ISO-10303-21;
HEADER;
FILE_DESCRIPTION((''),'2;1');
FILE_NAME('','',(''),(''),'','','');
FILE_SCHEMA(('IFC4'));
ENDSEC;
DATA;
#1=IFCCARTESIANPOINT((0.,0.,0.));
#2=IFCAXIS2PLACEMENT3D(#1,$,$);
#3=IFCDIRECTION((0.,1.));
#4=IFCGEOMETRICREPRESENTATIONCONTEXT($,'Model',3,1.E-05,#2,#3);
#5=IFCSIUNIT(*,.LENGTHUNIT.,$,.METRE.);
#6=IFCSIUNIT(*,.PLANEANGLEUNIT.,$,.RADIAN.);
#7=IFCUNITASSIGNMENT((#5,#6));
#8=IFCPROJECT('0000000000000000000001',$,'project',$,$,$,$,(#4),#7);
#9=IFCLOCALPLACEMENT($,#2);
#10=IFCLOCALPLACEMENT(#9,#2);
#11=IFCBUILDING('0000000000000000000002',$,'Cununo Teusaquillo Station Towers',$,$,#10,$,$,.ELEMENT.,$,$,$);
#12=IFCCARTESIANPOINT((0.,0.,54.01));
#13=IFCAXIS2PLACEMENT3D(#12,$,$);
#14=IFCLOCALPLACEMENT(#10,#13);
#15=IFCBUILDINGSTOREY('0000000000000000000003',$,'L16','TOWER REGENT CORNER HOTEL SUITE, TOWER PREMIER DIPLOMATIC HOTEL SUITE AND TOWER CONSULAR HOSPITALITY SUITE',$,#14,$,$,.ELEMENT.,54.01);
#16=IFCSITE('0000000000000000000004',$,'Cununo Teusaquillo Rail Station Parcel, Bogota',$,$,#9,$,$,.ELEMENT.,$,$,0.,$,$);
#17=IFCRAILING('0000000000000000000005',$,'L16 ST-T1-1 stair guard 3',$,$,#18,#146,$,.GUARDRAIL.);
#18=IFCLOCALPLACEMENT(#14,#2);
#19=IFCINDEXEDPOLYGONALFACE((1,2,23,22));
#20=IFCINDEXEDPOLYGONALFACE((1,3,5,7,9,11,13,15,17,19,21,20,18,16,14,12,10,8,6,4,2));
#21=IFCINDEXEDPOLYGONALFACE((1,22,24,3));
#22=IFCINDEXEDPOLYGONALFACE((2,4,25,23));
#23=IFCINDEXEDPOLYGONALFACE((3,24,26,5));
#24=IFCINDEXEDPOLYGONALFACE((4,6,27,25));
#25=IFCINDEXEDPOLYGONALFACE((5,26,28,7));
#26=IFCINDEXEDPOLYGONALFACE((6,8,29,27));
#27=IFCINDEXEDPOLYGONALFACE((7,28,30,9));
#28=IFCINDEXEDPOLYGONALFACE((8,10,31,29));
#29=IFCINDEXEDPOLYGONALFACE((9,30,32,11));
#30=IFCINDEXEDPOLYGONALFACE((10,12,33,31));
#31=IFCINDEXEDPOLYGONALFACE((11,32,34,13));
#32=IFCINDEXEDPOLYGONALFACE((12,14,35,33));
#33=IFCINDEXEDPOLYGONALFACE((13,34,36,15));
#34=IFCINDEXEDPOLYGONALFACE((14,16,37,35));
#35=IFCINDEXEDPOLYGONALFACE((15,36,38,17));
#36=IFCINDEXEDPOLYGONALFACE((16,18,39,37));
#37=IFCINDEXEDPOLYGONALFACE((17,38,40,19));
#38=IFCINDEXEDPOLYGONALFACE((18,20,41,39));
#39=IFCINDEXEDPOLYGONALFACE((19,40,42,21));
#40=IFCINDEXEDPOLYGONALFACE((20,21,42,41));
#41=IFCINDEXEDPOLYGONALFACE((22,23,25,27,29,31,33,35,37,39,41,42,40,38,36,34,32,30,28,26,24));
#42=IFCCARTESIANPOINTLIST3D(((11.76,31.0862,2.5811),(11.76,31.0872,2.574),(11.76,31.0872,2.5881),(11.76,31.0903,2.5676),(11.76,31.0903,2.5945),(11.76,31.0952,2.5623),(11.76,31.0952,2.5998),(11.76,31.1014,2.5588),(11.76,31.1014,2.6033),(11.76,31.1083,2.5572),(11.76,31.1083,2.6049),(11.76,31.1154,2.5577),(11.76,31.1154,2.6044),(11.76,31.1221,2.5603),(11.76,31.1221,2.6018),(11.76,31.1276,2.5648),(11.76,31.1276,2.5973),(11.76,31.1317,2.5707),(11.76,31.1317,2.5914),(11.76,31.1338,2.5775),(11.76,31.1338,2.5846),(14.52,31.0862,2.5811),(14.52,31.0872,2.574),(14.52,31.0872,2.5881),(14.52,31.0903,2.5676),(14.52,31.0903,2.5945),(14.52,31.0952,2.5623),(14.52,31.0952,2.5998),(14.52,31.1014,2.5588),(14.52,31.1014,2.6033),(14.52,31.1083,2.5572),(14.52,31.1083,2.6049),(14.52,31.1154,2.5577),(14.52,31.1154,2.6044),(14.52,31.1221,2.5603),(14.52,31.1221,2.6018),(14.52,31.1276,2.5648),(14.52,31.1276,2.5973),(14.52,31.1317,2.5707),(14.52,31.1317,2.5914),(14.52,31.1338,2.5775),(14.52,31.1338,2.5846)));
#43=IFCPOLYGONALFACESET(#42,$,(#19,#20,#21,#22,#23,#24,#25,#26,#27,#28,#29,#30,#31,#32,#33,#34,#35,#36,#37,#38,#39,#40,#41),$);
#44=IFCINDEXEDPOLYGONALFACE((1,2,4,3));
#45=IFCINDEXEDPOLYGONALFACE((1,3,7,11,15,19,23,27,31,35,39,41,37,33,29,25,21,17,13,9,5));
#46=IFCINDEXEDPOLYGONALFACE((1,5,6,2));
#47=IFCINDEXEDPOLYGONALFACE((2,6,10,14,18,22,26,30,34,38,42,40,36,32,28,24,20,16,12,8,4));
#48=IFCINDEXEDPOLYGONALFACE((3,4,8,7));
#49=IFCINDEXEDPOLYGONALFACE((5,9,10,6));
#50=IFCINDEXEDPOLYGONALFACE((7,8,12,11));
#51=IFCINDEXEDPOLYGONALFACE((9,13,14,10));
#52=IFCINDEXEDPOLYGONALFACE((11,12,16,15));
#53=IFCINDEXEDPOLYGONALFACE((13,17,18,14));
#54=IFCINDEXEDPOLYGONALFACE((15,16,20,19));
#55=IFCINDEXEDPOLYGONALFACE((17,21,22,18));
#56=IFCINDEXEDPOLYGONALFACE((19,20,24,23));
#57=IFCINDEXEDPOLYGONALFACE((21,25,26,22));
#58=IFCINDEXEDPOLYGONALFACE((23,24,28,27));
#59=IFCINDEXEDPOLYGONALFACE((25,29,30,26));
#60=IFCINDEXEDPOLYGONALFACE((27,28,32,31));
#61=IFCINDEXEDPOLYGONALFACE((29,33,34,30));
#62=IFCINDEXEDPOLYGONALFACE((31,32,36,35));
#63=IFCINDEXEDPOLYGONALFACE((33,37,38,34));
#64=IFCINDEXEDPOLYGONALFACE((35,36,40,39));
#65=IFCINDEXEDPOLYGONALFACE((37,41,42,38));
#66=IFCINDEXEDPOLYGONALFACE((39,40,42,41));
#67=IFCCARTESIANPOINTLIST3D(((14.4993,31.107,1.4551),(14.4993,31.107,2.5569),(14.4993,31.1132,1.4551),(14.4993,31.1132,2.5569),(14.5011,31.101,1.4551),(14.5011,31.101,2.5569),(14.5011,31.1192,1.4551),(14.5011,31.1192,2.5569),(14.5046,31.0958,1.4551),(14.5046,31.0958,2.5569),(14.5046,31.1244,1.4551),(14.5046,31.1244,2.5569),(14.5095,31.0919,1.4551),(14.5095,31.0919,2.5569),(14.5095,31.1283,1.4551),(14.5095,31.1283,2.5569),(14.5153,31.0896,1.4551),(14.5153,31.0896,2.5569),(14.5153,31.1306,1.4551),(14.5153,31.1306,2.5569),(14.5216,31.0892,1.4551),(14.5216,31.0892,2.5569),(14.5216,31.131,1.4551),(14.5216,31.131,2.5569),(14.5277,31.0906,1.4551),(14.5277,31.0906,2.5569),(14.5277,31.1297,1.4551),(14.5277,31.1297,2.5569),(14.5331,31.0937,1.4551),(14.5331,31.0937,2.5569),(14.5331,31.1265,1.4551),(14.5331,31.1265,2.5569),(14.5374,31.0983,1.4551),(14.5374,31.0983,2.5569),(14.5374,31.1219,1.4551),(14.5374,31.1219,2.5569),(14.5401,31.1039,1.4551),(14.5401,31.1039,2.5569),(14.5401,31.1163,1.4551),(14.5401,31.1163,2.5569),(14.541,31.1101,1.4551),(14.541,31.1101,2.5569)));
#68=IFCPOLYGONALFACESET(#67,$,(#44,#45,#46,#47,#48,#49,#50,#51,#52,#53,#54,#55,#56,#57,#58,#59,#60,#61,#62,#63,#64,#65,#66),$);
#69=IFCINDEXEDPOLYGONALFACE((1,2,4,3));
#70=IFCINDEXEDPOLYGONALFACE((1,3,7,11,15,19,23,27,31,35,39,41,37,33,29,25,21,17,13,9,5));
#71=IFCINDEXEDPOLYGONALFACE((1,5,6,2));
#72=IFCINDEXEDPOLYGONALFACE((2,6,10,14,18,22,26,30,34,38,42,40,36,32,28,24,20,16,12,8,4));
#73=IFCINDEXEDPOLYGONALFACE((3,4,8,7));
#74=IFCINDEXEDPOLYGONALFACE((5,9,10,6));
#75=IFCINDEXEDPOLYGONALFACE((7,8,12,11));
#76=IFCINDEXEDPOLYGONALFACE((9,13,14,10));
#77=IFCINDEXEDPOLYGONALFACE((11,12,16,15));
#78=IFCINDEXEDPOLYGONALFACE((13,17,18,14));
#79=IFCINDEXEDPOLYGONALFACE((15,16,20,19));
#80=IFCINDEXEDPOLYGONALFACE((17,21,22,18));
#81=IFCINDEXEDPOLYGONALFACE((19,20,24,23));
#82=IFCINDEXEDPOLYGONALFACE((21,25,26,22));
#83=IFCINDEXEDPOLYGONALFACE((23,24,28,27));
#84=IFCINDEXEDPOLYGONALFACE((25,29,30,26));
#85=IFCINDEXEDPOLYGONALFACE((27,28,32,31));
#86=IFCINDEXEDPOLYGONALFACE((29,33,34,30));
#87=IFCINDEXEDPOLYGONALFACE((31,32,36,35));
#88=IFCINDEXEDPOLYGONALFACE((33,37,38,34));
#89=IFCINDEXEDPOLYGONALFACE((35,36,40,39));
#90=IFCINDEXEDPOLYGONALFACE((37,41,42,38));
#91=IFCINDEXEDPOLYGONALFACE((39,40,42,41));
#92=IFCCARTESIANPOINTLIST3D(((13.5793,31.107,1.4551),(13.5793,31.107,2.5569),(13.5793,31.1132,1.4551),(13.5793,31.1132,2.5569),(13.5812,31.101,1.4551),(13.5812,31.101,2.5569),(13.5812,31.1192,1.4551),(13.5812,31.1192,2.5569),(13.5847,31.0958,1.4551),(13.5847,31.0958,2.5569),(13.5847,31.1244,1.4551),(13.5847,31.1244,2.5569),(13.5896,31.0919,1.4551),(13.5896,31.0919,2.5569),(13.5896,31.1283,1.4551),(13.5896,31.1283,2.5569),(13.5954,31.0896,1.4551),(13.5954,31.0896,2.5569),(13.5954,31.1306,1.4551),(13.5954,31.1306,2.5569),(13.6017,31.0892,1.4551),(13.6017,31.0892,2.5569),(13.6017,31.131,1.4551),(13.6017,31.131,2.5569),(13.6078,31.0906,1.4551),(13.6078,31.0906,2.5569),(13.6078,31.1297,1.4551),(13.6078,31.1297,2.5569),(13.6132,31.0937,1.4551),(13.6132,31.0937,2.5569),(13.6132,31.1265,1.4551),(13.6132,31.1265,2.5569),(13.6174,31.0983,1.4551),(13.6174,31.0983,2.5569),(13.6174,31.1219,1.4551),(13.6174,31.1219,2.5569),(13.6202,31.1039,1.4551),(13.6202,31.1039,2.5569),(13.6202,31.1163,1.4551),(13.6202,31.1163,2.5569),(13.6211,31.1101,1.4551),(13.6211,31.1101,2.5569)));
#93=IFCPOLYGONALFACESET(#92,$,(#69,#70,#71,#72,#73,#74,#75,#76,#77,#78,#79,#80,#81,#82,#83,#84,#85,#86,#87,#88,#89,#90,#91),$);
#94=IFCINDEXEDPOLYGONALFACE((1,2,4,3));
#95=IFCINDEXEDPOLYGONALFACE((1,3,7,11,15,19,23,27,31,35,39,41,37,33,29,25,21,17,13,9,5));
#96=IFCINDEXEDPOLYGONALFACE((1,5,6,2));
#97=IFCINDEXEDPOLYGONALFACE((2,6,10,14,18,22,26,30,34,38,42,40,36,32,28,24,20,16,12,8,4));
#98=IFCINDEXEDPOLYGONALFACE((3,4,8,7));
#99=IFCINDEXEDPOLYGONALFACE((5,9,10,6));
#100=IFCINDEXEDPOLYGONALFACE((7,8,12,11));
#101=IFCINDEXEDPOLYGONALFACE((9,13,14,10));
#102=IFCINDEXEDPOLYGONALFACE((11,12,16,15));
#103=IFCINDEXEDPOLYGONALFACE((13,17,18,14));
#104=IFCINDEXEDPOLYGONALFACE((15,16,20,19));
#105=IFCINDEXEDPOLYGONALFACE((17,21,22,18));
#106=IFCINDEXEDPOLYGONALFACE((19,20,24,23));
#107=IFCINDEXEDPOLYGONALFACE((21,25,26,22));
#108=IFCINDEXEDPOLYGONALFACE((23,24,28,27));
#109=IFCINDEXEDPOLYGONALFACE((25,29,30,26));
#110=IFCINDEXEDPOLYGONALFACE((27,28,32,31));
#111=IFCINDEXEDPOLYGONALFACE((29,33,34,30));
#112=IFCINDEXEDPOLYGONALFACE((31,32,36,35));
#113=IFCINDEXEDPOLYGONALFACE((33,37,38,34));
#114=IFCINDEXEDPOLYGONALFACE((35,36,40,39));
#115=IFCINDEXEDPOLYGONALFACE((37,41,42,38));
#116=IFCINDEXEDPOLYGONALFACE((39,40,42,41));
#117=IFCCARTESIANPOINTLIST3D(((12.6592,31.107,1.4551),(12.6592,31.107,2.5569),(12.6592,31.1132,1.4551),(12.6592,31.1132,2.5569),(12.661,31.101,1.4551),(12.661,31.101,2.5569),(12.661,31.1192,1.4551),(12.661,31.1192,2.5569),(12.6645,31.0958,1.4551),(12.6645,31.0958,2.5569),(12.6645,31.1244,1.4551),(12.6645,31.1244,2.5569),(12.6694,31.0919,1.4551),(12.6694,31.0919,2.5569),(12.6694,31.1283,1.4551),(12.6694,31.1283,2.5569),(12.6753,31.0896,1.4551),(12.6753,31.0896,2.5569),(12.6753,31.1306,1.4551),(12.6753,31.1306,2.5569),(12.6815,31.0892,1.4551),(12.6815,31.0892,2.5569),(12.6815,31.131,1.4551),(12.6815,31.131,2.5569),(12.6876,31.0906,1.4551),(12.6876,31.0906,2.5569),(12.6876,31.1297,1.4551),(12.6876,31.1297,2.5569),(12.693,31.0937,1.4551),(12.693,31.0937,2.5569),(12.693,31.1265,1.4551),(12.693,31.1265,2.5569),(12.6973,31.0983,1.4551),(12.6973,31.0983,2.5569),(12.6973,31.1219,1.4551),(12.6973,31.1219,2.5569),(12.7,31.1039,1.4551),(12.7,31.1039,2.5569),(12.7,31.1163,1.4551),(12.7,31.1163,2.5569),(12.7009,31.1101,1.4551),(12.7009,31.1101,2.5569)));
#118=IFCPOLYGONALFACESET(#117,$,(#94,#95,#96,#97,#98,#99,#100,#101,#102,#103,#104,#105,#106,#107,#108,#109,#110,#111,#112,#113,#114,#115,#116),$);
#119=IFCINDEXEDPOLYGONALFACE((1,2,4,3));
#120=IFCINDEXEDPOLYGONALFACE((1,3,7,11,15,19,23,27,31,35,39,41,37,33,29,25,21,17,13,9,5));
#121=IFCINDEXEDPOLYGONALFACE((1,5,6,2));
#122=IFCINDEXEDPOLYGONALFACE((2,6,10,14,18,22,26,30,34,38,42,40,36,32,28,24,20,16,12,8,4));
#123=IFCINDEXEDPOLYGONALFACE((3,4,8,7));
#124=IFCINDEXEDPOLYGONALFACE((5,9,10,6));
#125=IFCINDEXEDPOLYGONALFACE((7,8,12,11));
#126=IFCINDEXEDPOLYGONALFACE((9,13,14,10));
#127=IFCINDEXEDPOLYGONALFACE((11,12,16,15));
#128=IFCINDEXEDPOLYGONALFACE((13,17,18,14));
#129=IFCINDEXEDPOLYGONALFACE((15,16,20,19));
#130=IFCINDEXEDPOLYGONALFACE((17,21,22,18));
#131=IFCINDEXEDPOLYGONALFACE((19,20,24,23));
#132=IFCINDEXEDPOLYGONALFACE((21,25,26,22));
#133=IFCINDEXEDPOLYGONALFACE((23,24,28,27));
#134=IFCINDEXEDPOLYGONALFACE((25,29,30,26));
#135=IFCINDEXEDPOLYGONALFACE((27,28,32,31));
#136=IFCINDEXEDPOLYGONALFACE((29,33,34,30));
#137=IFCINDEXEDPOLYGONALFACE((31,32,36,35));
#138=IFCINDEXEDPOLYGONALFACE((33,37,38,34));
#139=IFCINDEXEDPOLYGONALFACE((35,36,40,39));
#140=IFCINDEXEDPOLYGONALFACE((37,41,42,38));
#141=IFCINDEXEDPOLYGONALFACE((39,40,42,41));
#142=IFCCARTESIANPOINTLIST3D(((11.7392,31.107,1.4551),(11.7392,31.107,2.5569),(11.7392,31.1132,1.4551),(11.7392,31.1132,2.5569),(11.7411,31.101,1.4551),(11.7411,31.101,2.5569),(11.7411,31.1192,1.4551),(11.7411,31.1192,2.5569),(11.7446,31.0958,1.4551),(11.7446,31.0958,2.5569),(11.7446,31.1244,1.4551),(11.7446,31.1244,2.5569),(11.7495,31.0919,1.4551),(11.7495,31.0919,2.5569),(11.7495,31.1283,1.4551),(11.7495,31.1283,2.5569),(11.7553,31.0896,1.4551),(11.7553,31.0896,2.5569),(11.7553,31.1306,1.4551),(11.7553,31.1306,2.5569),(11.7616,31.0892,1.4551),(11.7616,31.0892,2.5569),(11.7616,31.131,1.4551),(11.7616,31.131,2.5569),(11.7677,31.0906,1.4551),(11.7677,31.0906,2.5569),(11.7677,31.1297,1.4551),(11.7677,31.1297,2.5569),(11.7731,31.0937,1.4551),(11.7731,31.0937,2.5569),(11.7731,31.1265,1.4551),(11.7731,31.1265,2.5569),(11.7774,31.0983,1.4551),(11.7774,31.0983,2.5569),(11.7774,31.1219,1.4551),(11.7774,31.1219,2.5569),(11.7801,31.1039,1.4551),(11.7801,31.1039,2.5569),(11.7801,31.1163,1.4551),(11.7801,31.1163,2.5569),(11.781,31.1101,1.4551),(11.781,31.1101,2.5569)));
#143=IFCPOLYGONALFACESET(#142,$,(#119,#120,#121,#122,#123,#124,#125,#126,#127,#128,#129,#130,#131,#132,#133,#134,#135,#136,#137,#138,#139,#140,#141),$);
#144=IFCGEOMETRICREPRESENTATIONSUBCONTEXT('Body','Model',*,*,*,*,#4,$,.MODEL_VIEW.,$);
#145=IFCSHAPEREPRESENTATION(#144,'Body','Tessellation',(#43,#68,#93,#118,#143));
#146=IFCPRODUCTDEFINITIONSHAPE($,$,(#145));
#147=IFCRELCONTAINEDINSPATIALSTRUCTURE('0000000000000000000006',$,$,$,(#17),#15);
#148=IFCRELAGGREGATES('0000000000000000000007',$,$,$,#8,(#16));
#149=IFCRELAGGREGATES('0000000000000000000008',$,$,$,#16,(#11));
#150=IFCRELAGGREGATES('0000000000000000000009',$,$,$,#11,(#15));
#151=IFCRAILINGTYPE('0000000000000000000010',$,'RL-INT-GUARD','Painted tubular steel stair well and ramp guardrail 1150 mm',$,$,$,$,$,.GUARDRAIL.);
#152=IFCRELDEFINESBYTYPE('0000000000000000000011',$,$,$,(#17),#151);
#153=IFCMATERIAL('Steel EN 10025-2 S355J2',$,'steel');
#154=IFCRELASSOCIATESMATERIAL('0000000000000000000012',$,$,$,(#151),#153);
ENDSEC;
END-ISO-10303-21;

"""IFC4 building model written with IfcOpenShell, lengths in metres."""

from ifc_helpers import new_model, si_unit, direction, frame, origin, origin_2d, place, context, subcontext, project, spatial, circle, extrude, material, type_object, element, save


model = new_model("IFC4")

# Units and contexts
model_context = context("Model", 3, precision=1e-05, world=origin(), true_north=direction((0.0, 1.0)))
body_context = subcontext(model_context, "Body", "Model", "MODEL_VIEW")
ifc_project = project(units=[si_unit("LENGTHUNIT", "METRE"), si_unit("PLANEANGLEUNIT", "RADIAN")], contexts=[model_context])

# Site, building, storey
site_placement = place(None, origin())
site = spatial("IfcSite", under=ifc_project, at=site_placement, Name="Cununo Teusaquillo Rail Station Parcel, Bogota", CompositionType="ELEMENT", RefElevation=0.0)
building_placement = place(site_placement, origin())
building = spatial("IfcBuilding", under=site, at=building_placement, Name="Cununo Teusaquillo Station Towers", CompositionType="ELEMENT")
storey_placement = place(building_placement, frame((0.0, 0.0, 54.01)))
storey = spatial("IfcBuildingStorey", under=building, at=storey_placement, Name="L16", Description="TOWER REGENT CORNER HOTEL SUITE, TOWER PREMIER DIPLOMATIC HOTEL SUITE AND TOWER CONSULAR HOSPITALITY SUITE", CompositionType="ELEMENT", Elevation=54.01)

# Railing
ifc_material_1 = material(Name="Steel EN 10025-2 S355J2", Category="steel")
railing_type_1 = type_object("IfcRailingType", Name="RL-INT-GUARD", Description="Painted tubular steel stair well and ramp guardrail 1150 mm", PredefinedType="GUARDRAIL", material=ifc_material_1)
railing_1_placement = place(storey_placement, frame((14.52, 31.1101, 1.4551)))
element("IfcRailing", 1, at=railing_1_placement, inside=storey, type_object=railing_type_1, Name="L16 ST-T1-1 stair guard 3", PredefinedType="GUARDRAIL", context=body_context, shape_type="SweptSolid", body=[
    extrude(circle(Radius=0.0239, at=origin_2d()), frame((0.0, 0.0, 1.126), z_axis=(-1.0, 0.0, 0.0), x_axis=(0.0, -1.0, 0.0)), (0.0, 0.0, 1.0), 2.76),
    extrude(circle(Radius=0.021, at=origin_2d()), origin(), (0.0, 0.0, 1.0), 1.1018),
    extrude(circle(Radius=0.021, at=origin_2d()), frame((-0.9199, 0.0, 0.0)), (0.0, 0.0, 1.0), 1.1018),
    extrude(circle(Radius=0.021, at=origin_2d()), frame((-1.8401, 0.0, 0.0)), (0.0, 0.0, 1.0), 1.1018),
    extrude(circle(Radius=0.021, at=origin_2d()), frame((-2.76, 0.0, 0.0)), (0.0, 0.0, 1.0), 1.1018),
])

save(model, "model.ifc")
